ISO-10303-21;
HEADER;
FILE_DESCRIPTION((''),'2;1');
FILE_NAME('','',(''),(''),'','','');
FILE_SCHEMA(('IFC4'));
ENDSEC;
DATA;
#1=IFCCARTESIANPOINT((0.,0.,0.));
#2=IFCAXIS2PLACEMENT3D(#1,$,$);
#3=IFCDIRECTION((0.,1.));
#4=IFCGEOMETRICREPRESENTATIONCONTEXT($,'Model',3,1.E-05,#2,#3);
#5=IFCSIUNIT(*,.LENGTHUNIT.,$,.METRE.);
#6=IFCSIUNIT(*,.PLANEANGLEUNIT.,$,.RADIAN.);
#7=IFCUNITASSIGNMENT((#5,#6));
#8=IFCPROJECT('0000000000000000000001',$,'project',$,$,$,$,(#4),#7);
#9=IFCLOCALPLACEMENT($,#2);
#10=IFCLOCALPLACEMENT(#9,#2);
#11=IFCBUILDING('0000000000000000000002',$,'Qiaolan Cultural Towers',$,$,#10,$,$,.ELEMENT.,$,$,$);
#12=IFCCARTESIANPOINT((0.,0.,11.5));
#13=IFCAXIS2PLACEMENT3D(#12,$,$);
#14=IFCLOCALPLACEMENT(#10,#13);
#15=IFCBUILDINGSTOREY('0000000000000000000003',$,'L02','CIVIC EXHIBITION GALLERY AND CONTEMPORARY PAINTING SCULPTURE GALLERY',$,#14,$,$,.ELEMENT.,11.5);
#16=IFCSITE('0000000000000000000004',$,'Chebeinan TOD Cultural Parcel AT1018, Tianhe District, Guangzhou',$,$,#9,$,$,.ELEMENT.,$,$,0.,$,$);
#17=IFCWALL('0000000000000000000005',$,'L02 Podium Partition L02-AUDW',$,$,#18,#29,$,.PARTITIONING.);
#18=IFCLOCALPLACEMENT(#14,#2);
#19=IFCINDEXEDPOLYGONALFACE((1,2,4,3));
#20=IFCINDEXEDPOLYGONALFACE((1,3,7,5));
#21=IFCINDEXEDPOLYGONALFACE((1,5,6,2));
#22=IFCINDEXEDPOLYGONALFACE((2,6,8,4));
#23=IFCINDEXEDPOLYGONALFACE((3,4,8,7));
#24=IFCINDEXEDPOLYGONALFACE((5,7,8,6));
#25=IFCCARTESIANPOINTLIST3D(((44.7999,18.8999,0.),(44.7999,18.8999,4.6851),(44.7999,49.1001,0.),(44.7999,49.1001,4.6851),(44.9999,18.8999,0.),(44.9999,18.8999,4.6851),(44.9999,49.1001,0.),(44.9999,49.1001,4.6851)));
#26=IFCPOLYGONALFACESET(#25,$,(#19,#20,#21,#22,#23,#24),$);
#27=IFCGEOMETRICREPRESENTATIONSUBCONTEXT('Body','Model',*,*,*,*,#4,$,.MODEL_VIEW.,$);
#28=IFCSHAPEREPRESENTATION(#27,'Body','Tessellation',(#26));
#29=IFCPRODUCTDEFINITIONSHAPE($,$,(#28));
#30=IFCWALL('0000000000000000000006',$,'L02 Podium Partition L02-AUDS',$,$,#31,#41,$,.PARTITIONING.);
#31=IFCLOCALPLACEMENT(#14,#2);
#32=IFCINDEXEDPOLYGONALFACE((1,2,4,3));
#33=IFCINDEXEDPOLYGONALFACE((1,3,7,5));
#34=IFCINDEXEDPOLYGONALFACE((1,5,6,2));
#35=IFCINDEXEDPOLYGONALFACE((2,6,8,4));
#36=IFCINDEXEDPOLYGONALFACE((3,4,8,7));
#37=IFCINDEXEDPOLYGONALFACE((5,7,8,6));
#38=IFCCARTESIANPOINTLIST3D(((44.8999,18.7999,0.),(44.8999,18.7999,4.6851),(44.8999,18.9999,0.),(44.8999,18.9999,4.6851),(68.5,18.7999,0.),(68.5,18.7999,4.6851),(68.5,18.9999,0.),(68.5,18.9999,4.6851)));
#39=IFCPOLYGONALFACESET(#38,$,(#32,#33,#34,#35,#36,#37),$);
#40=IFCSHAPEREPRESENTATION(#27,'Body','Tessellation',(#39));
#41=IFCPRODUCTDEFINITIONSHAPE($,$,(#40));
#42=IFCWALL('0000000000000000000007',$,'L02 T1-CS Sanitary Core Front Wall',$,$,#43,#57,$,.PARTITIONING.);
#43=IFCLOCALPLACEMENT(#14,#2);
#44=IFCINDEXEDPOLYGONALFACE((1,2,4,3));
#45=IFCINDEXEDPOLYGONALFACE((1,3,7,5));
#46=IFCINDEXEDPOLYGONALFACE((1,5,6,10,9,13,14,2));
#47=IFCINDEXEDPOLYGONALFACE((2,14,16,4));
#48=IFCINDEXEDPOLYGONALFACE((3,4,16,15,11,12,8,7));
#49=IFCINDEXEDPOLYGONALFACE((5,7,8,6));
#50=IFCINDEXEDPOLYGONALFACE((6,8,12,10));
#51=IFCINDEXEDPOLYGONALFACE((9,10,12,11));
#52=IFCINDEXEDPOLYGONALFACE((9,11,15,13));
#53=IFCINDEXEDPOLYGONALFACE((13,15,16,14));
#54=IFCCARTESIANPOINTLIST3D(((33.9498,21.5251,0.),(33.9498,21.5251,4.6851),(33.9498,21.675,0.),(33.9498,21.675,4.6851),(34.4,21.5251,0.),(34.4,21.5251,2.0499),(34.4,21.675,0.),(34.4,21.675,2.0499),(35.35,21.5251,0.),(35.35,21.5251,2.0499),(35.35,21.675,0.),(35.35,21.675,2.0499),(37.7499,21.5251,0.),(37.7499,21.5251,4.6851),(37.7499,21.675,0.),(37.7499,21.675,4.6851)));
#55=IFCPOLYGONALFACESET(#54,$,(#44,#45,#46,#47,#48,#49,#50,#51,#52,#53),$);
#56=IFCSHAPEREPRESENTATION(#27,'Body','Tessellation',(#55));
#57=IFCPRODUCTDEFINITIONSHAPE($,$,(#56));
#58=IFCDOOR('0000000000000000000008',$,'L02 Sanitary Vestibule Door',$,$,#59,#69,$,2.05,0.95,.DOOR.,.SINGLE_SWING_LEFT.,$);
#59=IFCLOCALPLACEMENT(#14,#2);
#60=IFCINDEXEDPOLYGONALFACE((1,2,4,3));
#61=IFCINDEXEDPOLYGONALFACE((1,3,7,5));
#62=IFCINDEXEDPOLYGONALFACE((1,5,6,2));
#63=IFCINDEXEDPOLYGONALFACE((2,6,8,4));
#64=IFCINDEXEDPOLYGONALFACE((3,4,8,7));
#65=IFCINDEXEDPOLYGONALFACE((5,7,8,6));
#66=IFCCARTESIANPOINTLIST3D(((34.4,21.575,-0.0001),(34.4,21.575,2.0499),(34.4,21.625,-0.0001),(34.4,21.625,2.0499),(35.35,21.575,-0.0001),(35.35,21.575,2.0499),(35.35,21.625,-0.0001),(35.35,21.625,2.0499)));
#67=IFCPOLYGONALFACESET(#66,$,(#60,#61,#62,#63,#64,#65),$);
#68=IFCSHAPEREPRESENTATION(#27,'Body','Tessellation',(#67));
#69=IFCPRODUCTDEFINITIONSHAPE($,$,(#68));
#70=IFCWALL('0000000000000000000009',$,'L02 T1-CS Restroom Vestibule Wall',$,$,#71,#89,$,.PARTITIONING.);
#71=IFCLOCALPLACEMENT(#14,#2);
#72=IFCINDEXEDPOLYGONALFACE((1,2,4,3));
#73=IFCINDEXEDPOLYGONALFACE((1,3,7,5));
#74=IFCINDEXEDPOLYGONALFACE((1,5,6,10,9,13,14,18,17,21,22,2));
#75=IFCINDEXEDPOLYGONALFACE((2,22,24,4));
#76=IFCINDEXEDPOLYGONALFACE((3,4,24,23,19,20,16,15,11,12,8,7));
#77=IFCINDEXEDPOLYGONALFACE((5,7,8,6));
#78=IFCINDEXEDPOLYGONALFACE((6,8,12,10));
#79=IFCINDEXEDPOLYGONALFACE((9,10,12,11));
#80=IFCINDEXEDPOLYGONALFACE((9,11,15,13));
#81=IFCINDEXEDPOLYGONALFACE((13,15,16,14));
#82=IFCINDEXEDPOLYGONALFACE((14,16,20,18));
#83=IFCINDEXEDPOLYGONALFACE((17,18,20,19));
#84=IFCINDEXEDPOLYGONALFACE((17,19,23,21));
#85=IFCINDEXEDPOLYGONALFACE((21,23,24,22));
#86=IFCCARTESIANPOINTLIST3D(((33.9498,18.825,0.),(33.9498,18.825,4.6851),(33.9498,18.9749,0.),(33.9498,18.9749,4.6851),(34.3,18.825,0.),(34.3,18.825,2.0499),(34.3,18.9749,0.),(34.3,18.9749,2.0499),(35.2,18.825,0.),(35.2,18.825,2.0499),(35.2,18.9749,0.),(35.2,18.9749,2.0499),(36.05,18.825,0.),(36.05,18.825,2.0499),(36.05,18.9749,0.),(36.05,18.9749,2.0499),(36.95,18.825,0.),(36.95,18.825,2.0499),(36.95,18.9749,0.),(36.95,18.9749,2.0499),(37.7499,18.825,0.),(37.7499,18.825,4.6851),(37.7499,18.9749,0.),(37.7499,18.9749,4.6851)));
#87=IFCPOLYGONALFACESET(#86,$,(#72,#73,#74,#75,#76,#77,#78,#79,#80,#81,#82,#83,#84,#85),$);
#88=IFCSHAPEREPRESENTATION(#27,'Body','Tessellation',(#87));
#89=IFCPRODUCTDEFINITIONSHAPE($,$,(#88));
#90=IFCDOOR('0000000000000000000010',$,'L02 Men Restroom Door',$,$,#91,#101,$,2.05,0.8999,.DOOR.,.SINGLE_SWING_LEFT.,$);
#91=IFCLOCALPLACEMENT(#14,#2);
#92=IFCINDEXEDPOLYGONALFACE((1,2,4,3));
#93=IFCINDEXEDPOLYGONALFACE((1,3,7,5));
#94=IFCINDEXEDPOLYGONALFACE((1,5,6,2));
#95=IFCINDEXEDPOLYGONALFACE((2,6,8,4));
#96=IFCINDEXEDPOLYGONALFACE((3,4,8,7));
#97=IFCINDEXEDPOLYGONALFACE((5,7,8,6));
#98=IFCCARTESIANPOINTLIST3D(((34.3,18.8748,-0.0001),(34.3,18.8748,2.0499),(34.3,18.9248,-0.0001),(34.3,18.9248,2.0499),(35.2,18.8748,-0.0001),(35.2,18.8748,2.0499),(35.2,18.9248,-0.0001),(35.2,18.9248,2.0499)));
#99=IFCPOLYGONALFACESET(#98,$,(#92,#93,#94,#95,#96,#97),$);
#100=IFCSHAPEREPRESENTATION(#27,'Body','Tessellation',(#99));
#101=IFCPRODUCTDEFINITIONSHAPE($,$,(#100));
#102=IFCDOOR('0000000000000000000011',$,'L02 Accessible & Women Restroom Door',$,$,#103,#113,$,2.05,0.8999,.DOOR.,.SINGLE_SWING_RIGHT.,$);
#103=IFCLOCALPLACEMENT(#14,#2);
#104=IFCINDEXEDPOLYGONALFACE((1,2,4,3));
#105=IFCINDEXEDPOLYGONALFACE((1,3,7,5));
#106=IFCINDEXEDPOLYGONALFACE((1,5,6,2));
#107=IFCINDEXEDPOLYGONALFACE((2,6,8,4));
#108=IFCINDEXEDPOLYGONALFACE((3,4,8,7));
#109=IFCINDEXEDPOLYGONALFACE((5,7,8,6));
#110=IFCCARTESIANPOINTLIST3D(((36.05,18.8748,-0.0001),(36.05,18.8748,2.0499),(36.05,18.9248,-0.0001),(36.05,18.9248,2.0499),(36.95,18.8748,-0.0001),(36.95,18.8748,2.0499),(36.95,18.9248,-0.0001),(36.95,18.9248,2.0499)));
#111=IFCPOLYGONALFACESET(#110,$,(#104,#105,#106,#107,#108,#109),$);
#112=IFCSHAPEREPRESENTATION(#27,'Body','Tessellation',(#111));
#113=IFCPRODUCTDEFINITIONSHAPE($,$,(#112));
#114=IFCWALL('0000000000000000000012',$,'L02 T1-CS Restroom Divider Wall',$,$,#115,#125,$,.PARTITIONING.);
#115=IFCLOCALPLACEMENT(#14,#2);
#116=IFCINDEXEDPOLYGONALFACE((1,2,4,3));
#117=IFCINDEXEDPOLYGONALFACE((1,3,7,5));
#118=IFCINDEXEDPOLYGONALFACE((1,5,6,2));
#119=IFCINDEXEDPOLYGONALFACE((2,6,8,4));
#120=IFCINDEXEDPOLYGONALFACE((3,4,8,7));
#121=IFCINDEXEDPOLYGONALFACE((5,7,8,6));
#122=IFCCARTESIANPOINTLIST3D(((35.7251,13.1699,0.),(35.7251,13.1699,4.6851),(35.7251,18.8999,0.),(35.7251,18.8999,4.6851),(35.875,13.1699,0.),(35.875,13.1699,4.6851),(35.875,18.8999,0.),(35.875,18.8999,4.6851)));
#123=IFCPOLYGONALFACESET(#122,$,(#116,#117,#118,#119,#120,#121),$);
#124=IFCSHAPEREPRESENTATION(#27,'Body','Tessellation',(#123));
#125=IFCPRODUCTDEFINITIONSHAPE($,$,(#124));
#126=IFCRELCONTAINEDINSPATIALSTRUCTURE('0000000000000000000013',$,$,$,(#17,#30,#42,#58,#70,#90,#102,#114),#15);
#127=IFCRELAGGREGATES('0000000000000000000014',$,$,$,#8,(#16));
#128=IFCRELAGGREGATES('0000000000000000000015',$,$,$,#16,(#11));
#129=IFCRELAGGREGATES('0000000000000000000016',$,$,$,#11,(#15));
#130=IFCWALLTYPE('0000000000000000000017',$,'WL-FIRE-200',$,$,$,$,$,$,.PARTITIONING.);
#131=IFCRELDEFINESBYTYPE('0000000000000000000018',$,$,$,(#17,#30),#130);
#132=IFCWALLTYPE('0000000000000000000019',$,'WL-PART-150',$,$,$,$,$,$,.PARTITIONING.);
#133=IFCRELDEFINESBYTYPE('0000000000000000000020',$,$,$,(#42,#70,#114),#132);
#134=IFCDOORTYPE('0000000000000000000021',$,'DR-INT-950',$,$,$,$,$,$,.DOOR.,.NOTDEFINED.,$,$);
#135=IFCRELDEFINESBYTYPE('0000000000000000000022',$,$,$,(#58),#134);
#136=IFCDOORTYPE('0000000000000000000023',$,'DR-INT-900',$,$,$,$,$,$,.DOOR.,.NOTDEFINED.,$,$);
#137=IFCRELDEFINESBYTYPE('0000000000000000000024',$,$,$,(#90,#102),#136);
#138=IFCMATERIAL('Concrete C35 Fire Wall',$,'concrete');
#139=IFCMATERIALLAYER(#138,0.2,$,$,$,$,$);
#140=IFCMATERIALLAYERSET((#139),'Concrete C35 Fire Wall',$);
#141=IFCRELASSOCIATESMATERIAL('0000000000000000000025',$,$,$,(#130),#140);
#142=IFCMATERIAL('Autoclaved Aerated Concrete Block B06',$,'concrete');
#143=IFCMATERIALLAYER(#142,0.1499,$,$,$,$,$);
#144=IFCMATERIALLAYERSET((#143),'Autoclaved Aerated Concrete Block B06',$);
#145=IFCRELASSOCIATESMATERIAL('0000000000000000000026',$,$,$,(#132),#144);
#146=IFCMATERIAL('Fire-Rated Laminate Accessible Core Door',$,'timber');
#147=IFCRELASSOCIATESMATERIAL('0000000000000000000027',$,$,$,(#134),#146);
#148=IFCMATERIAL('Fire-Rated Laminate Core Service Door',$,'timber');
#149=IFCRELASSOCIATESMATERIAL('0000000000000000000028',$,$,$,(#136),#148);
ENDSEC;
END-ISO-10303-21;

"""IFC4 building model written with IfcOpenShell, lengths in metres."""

from ifc_helpers import new_model, si_unit, direction, frame, frame_2d, origin, place, context, subcontext, project, spatial, rectangle, extrude, material, layer, layer_set, type_object, element, fill, save


model = new_model("IFC4")

# Units and contexts
model_context = context("Model", 3, precision=1e-05, world=origin(), true_north=direction((0.0, 1.0)))
body_context = subcontext(model_context, "Body", "Model", "MODEL_VIEW")
ifc_project = project(units=[si_unit("LENGTHUNIT", "METRE"), si_unit("PLANEANGLEUNIT", "RADIAN")], contexts=[model_context])

# Site, building, storey
site_placement = place(None, origin())
site = spatial("IfcSite", under=ifc_project, at=site_placement, Name="Chebeinan TOD Cultural Parcel AT1018, Tianhe District, Guangzhou", CompositionType="ELEMENT", RefElevation=0.0)
building_placement = place(site_placement, origin())
building = spatial("IfcBuilding", under=site, at=building_placement, Name="Qiaolan Cultural Towers", CompositionType="ELEMENT")
storey_placement = place(building_placement, frame((0.0, 0.0, 11.5)))
storey = spatial("IfcBuildingStorey", under=building, at=storey_placement, Name="L02", Description="CIVIC EXHIBITION GALLERY AND CONTEMPORARY PAINTING SCULPTURE GALLERY", CompositionType="ELEMENT", Elevation=11.5)

# Walls
ifc_material_1 = material(Name="Concrete C35 Fire Wall", Category="concrete")
ifc_layer_1 = layer(ifc_material_1, 0.2)
ifc_layer_set_1 = layer_set([ifc_layer_1], Name="Concrete C35 Fire Wall")
wall_type_1 = type_object("IfcWallType", Name="WL-FIRE-200", PredefinedType="PARTITIONING", material=ifc_layer_set_1)
wall_1_placement = place(storey_placement, frame((44.8999, 18.8999, 0.0), z_axis=(0.0, 0.0, 1.0), x_axis=(0.0, 1.0, 0.0)))
element("IfcWall", 1, at=wall_1_placement, inside=storey, type_object=wall_type_1, Name="L02 Podium Partition L02-AUDW", PredefinedType="PARTITIONING", context=body_context, shape_type="SweptSolid", body=[
    extrude(rectangle(XDim=30.2002, YDim=0.2, at=frame_2d((15.1001, 0.0))), origin(), (0.0, 0.0, 1.0), 4.6851),
])
wall_2_placement = place(storey_placement, frame((44.8999, 18.8999, 0.0), z_axis=(0.0, 0.0, 1.0), x_axis=(1.0, 0.0, 0.0)))
element("IfcWall", 2, at=wall_2_placement, inside=storey, type_object=wall_type_1, Name="L02 Podium Partition L02-AUDS", PredefinedType="PARTITIONING", context=body_context, shape_type="SweptSolid", body=[
    extrude(rectangle(XDim=23.6001, YDim=0.2, at=frame_2d((11.8, 0.0))), origin(), (0.0, 0.0, 1.0), 4.6851),
])

# Wall, opening, door
ifc_material_2 = material(Name="Autoclaved Aerated Concrete Block B06", Category="concrete")
ifc_layer_2 = layer(ifc_material_2, 0.1499)
ifc_layer_set_2 = layer_set([ifc_layer_2], Name="Autoclaved Aerated Concrete Block B06")
wall_type_2 = type_object("IfcWallType", Name="WL-PART-150", PredefinedType="PARTITIONING", material=ifc_layer_set_2)
wall_3_placement = place(storey_placement, frame((33.95, 21.6001, 0.0), z_axis=(0.0, 0.0, 1.0), x_axis=(1.0, 0.0, 0.0)))
wall_3 = element("IfcWall", 3, at=wall_3_placement, inside=storey, type_object=wall_type_2, Name="L02 T1-CS Sanitary Core Front Wall", PredefinedType="PARTITIONING", context=body_context, shape_type="SweptSolid", body=[
    extrude(rectangle(XDim=3.8, YDim=0.1499, at=frame_2d((1.8999, 0.0))), origin(), (0.0, 0.0, 1.0), 4.6851),
])
opening_1_placement = place(wall_3_placement, frame((0.45, 0.0, 0.0)))
opening_1 = element("IfcOpeningElement", 4, at=opening_1_placement, cuts=wall_3, PredefinedType="OPENING", context=body_context, shape_type="SweptSolid", body=[
    extrude(rectangle(XDim=0.95, YDim=2.05, at=frame_2d((0.4751, 1.0249))), frame((0.0, 0.085, 0.0), z_axis=(0.0, -1.0, 0.0), x_axis=(1.0, 0.0, 0.0)), (0.0, 0.0, 1.0), 0.1699),
])
ifc_material_3 = material(Name="Fire-Rated Laminate Accessible Core Door", Category="timber")
door_type_1 = type_object("IfcDoorType", Name="DR-INT-950", OperationType="NOTDEFINED", PredefinedType="DOOR", material=ifc_material_3)
door_1_placement = place(opening_1_placement, origin())
door_1 = element("IfcDoor", 5, at=door_1_placement, inside=storey, type_object=door_type_1, Name="L02 Sanitary Vestibule Door", OperationType="SINGLE_SWING_LEFT", OverallHeight=2.05, OverallWidth=0.95, PredefinedType="DOOR", context=body_context, shape_type="SweptSolid", body=[
    extrude(rectangle(XDim=0.95, YDim=2.05, at=frame_2d((0.4751, 1.0249))), frame((0.0, 0.0249, 0.0), z_axis=(0.0, -1.0, 0.0), x_axis=(1.0, 0.0, 0.0)), (0.0, 0.0, 1.0), 0.05),
])
fill(opening_1, door_1)

# Wall, openings, doors
wall_4_placement = place(storey_placement, frame((33.95, 18.8999, 0.0), z_axis=(0.0, 0.0, 1.0), x_axis=(1.0, 0.0, 0.0)))
wall_4 = element("IfcWall", 6, at=wall_4_placement, inside=storey, type_object=wall_type_2, Name="L02 T1-CS Restroom Vestibule Wall", PredefinedType="PARTITIONING", context=body_context, shape_type="SweptSolid", body=[
    extrude(rectangle(XDim=3.8, YDim=0.1499, at=frame_2d((1.8999, 0.0))), origin(), (0.0, 0.0, 1.0), 4.6851),
])
opening_2_placement = place(wall_4_placement, frame((0.3501, 0.0, 0.0)))
opening_2 = element("IfcOpeningElement", 7, at=opening_2_placement, cuts=wall_4, PredefinedType="OPENING", context=body_context, shape_type="SweptSolid", body=[
    extrude(rectangle(XDim=0.8999, YDim=2.05, at=frame_2d((0.45, 1.0249))), frame((0.0, 0.085, 0.0), z_axis=(0.0, -1.0, 0.0), x_axis=(1.0, 0.0, 0.0)), (0.0, 0.0, 1.0), 0.1699),
])
opening_3_placement = place(wall_4_placement, frame((2.1001, 0.0, 0.0)))
opening_3 = element("IfcOpeningElement", 8, at=opening_3_placement, cuts=wall_4, PredefinedType="OPENING", context=body_context, shape_type="SweptSolid", body=[
    extrude(rectangle(XDim=0.8999, YDim=2.05, at=frame_2d((0.45, 1.0249))), frame((0.0, 0.085, 0.0), z_axis=(0.0, -1.0, 0.0), x_axis=(1.0, 0.0, 0.0)), (0.0, 0.0, 1.0), 0.1699),
])
ifc_material_4 = material(Name="Fire-Rated Laminate Core Service Door", Category="timber")
door_type_2 = type_object("IfcDoorType", Name="DR-INT-900", OperationType="NOTDEFINED", PredefinedType="DOOR", material=ifc_material_4)
door_2_placement = place(opening_2_placement, origin())
door_2 = element("IfcDoor", 9, at=door_2_placement, inside=storey, type_object=door_type_2, Name="L02 Men Restroom Door", OperationType="SINGLE_SWING_LEFT", OverallHeight=2.05, OverallWidth=0.8999, PredefinedType="DOOR", context=body_context, shape_type="SweptSolid", body=[
    extrude(rectangle(XDim=0.8999, YDim=2.05, at=frame_2d((0.45, 1.0249))), frame((0.0, 0.0249, 0.0), z_axis=(0.0, -1.0, 0.0), x_axis=(1.0, 0.0, 0.0)), (0.0, 0.0, 1.0), 0.05),
])
fill(opening_2, door_2)
door_3_placement = place(opening_3_placement, origin())
door_3 = element("IfcDoor", 10, at=door_3_placement, inside=storey, type_object=door_type_2, Name="L02 Accessible & Women Restroom Door", OperationType="SINGLE_SWING_RIGHT", OverallHeight=2.05, OverallWidth=0.8999, PredefinedType="DOOR", context=body_context, shape_type="SweptSolid", body=[
    extrude(rectangle(XDim=0.8999, YDim=2.05, at=frame_2d((0.45, 1.0249))), frame((0.0, 0.0249, 0.0), z_axis=(0.0, -1.0, 0.0), x_axis=(1.0, 0.0, 0.0)), (0.0, 0.0, 1.0), 0.05),
])
fill(opening_3, door_3)

# Wall
wall_5_placement = place(storey_placement, frame((35.8, 18.8999, 0.0), z_axis=(0.0, 0.0, 1.0), x_axis=(0.0, -1.0, 0.0)))
element("IfcWall", 11, at=wall_5_placement, inside=storey, type_object=wall_type_2, Name="L02 T1-CS Restroom Divider Wall", PredefinedType="PARTITIONING", context=body_context, shape_type="SweptSolid", body=[
    extrude(rectangle(XDim=5.73, YDim=0.1499, at=frame_2d((2.865, 0.0))), origin(), (0.0, 0.0, 1.0), 4.6851),
])

save(model, "model.ifc")
